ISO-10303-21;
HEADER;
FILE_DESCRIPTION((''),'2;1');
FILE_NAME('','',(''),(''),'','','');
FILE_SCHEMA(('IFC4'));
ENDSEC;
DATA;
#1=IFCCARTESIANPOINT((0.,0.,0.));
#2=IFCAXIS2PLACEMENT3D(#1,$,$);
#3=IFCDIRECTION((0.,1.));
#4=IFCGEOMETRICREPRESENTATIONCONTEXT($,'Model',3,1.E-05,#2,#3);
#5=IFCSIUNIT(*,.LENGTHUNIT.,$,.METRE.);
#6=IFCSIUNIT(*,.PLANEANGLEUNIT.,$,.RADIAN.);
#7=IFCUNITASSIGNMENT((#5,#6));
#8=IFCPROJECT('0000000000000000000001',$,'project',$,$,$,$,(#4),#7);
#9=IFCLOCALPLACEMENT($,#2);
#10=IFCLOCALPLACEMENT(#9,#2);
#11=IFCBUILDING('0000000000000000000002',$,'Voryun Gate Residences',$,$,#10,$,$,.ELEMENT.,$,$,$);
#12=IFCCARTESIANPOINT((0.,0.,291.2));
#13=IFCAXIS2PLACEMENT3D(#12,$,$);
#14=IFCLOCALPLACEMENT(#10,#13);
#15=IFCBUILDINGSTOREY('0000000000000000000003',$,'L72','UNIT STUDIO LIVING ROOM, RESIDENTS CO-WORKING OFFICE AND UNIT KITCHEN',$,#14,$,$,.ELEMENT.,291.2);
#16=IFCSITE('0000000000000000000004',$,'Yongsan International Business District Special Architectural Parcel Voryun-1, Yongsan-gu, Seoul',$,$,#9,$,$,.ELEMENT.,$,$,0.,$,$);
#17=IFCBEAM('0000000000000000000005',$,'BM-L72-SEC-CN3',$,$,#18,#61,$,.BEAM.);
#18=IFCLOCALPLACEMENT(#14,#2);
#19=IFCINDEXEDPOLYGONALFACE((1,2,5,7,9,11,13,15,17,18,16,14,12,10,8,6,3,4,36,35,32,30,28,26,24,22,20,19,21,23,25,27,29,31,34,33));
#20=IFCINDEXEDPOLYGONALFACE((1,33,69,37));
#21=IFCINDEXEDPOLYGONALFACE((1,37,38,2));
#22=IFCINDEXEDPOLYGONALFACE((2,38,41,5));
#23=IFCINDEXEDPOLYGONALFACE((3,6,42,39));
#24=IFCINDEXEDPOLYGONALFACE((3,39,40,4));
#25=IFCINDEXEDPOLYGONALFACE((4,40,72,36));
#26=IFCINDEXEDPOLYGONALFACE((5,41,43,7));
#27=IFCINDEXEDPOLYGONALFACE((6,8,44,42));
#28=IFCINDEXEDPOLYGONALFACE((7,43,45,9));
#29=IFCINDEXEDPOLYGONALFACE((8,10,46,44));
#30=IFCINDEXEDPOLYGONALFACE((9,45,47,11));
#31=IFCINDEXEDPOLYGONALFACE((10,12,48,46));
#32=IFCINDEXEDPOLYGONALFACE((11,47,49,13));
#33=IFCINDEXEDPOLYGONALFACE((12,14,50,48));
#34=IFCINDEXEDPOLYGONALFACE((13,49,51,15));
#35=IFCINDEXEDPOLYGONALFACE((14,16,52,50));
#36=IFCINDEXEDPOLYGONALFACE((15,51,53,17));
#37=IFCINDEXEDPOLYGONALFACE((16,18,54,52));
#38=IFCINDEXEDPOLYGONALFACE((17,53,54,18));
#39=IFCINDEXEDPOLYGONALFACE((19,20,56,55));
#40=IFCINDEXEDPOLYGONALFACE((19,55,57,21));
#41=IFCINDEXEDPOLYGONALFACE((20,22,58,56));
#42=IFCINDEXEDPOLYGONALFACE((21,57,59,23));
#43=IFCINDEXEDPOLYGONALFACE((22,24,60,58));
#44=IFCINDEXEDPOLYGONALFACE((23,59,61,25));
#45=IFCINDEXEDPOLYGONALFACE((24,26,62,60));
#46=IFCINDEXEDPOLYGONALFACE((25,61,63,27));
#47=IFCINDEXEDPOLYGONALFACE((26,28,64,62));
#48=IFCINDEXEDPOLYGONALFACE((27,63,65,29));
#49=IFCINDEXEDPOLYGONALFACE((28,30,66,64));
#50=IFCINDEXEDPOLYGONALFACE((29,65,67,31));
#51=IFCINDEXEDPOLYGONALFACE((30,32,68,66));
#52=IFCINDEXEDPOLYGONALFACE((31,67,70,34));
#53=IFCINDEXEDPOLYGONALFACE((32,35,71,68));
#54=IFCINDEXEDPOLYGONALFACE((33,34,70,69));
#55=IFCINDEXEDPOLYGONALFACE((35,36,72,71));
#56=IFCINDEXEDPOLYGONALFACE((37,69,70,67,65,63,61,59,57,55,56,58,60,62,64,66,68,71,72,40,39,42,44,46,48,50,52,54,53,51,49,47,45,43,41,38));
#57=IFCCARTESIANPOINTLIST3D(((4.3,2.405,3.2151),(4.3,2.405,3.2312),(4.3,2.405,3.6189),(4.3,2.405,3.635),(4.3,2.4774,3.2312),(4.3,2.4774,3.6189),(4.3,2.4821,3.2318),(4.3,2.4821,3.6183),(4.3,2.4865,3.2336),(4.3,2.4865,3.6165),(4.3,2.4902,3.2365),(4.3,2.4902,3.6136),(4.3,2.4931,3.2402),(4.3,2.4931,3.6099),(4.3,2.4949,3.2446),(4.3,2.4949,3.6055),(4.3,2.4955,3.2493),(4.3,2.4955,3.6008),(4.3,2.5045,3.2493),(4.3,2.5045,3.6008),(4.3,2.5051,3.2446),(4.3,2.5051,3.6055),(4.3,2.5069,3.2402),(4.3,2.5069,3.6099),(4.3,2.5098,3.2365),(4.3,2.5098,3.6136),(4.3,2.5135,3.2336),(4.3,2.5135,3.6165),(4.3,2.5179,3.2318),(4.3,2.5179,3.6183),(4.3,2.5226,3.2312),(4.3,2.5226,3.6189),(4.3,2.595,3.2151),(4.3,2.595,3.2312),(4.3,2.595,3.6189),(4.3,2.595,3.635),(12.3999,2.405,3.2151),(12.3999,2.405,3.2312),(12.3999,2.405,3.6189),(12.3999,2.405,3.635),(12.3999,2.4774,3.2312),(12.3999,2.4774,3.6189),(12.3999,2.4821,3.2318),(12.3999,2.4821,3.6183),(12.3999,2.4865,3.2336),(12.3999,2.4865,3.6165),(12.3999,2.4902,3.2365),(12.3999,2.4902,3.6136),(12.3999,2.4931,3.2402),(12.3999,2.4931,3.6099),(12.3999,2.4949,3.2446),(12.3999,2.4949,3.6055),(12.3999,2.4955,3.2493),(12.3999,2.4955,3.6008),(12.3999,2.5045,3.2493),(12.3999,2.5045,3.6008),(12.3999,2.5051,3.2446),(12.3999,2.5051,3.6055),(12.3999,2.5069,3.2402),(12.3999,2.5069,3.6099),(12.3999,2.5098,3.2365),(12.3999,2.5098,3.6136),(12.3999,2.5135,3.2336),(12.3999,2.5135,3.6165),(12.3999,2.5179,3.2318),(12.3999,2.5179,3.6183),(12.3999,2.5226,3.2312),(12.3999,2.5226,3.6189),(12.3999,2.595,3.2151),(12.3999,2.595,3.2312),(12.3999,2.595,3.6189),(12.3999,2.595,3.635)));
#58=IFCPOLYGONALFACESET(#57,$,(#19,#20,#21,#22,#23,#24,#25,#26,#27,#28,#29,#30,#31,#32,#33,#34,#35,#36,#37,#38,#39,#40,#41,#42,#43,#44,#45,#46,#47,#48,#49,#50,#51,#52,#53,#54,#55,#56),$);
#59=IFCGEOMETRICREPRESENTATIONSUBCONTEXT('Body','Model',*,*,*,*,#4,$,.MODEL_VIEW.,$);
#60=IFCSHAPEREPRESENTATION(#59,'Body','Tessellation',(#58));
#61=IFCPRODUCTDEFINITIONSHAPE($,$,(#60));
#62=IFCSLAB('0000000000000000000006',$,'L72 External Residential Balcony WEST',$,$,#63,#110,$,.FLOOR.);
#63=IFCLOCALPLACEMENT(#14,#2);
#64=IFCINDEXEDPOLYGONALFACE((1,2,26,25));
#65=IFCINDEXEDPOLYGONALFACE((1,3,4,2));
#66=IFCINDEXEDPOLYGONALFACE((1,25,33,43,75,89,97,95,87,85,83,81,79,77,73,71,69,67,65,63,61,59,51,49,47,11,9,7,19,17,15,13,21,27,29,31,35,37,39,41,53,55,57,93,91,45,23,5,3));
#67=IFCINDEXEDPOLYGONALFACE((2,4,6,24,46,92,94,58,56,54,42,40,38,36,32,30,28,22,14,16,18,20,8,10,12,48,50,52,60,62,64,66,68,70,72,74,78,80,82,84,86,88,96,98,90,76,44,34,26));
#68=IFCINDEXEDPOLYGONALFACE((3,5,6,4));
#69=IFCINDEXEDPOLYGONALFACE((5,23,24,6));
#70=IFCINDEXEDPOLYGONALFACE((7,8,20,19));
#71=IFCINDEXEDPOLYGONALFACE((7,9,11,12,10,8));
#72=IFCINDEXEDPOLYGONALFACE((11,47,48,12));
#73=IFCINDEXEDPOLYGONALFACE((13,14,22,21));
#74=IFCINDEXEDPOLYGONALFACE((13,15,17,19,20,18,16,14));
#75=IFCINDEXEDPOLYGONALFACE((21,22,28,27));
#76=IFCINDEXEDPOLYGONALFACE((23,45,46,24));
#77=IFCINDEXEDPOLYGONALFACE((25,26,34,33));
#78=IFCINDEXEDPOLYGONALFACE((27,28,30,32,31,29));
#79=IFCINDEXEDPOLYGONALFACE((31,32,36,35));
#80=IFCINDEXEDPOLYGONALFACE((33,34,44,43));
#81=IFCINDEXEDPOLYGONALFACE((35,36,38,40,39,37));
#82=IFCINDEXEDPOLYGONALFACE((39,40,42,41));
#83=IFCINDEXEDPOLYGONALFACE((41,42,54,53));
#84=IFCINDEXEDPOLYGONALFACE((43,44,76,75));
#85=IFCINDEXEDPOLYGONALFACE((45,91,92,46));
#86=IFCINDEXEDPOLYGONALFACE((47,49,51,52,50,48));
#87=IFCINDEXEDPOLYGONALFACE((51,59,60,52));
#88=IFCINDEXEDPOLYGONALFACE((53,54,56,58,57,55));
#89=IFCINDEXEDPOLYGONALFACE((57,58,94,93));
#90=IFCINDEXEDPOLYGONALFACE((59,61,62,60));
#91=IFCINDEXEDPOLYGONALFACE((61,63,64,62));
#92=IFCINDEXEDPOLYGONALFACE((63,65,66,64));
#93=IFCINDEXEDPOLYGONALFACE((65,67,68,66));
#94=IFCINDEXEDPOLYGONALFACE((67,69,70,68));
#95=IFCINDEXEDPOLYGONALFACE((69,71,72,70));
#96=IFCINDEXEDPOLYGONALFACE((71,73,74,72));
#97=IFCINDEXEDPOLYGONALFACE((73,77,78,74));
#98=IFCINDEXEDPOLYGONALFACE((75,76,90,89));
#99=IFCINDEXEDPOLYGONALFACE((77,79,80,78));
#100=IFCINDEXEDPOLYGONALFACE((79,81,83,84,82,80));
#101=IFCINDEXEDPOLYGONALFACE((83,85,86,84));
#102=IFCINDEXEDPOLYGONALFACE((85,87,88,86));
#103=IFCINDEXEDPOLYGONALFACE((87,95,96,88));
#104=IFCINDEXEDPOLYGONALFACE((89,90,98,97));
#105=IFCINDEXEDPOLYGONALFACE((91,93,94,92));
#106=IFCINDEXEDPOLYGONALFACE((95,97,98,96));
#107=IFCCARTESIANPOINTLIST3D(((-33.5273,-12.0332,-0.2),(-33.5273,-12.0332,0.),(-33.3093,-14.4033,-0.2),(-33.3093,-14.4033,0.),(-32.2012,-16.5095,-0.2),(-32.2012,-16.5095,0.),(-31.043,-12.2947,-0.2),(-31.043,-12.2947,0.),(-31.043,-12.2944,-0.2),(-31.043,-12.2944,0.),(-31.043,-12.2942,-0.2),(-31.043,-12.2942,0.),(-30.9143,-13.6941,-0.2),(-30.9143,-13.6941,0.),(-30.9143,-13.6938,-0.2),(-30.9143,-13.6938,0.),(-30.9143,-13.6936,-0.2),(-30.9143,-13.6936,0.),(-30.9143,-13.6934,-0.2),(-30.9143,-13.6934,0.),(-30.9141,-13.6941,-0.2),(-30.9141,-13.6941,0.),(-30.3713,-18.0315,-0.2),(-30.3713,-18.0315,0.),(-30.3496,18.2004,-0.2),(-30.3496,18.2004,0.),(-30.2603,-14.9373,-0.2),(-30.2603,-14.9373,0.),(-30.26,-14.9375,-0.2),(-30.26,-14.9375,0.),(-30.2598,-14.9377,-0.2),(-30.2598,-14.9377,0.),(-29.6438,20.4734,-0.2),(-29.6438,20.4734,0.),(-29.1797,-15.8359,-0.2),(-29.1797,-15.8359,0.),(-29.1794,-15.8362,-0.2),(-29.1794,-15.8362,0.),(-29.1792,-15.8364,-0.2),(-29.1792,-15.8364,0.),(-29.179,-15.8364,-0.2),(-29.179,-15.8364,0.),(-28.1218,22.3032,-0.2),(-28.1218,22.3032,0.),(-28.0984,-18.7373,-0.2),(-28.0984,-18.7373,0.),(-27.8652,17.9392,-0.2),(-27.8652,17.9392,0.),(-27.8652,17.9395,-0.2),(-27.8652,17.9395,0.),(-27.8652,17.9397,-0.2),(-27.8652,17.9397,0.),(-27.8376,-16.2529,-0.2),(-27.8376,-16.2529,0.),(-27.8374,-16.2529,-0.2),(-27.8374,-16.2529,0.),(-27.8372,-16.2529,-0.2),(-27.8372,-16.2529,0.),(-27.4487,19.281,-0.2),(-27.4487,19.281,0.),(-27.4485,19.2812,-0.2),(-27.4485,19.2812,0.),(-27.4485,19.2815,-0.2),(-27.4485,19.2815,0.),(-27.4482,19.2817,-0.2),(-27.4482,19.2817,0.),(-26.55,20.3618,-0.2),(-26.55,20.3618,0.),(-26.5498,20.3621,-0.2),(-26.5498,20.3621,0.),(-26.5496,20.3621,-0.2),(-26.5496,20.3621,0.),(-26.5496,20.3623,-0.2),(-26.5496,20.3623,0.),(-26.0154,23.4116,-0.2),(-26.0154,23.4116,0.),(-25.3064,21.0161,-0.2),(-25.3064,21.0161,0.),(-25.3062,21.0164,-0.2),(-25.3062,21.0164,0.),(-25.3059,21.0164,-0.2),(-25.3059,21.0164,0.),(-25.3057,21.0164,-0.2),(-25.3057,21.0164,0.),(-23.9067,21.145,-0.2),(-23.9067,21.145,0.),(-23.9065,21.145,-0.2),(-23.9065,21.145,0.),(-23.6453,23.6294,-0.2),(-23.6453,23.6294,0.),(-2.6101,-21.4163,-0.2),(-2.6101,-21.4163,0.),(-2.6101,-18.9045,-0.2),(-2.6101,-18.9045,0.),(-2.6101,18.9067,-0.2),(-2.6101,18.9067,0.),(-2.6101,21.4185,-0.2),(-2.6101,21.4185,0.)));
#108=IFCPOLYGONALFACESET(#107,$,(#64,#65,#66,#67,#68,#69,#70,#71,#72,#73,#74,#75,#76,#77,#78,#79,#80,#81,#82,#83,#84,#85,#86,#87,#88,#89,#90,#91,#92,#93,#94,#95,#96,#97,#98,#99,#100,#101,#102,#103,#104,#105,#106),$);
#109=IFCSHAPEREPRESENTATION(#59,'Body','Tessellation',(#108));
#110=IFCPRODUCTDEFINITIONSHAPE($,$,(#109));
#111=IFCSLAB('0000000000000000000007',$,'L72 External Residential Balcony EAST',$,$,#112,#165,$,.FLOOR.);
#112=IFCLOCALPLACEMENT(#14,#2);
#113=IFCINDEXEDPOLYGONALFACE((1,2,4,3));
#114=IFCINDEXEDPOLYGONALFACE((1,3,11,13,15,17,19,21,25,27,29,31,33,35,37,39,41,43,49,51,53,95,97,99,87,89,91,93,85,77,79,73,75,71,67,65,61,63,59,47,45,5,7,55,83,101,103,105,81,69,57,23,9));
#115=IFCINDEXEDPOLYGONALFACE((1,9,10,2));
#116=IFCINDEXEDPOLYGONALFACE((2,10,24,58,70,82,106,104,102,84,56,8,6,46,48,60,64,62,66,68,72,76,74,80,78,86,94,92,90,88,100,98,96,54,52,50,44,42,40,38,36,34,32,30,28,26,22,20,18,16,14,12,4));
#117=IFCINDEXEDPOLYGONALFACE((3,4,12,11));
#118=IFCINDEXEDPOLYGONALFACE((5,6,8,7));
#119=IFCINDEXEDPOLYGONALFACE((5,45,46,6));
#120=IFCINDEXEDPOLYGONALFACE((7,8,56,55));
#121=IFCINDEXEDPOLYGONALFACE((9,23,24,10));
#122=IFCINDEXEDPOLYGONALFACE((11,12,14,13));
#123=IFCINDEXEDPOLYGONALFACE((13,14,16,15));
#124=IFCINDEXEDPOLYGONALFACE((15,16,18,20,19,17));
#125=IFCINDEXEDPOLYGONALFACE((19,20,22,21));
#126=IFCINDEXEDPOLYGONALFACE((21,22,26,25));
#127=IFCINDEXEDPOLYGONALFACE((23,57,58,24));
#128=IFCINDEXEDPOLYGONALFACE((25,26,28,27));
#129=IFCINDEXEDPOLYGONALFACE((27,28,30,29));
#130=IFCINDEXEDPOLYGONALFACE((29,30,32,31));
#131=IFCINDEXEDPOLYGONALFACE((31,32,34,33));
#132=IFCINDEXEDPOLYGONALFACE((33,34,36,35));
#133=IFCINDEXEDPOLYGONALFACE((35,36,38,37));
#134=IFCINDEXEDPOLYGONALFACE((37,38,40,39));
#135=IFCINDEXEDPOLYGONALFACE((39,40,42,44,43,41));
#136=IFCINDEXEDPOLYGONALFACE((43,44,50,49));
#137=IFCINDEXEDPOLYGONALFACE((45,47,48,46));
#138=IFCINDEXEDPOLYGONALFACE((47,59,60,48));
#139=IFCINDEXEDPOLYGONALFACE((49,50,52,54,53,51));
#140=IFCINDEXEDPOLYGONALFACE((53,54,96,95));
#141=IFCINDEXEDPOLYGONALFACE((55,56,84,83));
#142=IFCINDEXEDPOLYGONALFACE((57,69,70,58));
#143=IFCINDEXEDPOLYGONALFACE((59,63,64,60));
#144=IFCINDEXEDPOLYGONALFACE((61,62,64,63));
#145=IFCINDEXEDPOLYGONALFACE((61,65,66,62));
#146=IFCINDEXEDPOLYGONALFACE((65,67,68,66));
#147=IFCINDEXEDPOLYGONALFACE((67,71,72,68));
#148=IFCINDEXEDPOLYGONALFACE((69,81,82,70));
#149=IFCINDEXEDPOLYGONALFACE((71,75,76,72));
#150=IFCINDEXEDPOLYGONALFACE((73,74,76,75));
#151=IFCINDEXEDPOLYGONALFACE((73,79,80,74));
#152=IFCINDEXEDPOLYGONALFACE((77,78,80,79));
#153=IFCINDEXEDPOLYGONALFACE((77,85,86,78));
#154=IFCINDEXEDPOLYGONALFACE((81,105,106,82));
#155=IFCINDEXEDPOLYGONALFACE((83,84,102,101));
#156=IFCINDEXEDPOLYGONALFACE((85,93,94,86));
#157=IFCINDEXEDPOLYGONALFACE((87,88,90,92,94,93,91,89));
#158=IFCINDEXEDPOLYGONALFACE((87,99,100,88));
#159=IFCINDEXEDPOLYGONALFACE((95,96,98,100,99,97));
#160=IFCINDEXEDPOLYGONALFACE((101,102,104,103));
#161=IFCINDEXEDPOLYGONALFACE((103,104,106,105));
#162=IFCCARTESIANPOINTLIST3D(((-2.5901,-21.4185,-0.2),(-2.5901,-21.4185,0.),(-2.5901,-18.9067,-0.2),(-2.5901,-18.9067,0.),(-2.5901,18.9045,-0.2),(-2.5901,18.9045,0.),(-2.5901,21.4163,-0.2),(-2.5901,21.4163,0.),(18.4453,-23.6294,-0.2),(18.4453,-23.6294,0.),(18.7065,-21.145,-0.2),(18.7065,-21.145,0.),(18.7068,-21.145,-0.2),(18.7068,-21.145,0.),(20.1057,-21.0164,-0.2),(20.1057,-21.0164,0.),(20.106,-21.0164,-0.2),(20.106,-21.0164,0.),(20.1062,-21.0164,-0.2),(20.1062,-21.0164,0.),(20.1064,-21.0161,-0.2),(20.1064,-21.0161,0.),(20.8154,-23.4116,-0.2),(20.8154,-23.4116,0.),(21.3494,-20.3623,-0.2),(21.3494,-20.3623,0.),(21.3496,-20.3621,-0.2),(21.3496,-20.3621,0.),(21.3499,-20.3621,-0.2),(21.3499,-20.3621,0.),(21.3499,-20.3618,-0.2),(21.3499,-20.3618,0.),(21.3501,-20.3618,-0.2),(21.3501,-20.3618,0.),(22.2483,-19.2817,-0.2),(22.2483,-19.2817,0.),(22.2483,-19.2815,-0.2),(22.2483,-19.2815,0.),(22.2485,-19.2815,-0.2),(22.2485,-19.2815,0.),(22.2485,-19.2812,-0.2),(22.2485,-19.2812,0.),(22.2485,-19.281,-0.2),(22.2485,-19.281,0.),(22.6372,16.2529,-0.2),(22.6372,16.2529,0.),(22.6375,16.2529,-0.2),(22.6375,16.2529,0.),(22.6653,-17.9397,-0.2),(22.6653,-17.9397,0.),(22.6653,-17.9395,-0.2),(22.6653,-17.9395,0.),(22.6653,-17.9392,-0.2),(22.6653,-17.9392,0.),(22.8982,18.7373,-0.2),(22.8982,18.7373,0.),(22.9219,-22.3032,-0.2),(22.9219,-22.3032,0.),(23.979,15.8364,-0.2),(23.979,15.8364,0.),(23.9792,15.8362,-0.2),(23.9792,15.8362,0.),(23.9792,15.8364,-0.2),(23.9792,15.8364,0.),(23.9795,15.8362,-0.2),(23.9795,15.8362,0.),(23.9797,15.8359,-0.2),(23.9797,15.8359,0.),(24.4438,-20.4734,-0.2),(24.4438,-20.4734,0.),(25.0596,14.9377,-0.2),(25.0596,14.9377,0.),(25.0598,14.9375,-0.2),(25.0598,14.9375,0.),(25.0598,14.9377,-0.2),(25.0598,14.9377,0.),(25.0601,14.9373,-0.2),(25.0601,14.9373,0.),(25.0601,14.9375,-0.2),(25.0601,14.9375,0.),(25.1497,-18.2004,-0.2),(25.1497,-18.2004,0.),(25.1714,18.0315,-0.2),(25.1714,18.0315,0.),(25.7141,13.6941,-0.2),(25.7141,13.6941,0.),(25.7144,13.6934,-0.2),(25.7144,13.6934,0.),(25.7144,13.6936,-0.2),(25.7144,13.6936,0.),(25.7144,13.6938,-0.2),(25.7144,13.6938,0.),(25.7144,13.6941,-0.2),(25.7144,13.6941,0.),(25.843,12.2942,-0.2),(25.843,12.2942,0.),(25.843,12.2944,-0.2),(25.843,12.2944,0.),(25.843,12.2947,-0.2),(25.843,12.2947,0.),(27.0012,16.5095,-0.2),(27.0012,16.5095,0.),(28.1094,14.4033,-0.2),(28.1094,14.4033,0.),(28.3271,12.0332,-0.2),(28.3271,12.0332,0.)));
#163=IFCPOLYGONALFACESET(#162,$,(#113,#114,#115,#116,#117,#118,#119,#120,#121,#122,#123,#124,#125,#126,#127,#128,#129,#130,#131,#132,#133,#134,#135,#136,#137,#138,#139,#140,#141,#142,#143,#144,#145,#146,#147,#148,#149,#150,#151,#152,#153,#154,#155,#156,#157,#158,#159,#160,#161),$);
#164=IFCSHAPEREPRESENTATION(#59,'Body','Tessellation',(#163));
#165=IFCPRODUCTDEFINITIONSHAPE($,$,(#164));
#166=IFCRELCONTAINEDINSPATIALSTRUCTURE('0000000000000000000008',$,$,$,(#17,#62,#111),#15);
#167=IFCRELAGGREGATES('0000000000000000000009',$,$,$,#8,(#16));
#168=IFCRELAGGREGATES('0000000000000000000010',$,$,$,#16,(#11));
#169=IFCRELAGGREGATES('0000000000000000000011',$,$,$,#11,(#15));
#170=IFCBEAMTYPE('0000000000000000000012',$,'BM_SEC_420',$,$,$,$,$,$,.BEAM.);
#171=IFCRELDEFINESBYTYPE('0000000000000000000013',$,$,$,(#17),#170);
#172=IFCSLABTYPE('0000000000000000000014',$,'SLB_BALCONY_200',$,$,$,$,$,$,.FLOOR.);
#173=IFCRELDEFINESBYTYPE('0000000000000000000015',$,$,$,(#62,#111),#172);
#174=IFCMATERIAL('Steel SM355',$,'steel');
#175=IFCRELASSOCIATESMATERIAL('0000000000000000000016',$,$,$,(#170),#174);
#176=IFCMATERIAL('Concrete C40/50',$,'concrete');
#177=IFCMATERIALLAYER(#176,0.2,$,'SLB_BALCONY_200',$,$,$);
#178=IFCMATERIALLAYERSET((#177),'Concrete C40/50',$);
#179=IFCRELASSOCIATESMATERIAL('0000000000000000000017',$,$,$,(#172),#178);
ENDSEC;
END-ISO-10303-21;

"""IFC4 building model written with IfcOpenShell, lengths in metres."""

from ifc_helpers import new_model, si_unit, direction, frame, origin, origin_2d, place, context, subcontext, project, spatial, polyline, i_section, outline, extrude, material, layer, layer_set, material_profile, profile_set, type_object, element, save


model = new_model("IFC4")

# Units and contexts
model_context = context("Model", 3, precision=1e-05, world=origin(), true_north=direction((0.0, 1.0)))
body_context = subcontext(model_context, "Body", "Model", "MODEL_VIEW")
ifc_project = project(units=[si_unit("LENGTHUNIT", "METRE"), si_unit("PLANEANGLEUNIT", "RADIAN")], contexts=[model_context])

# Site, building, storey
site_placement = place(None, origin())
site = spatial("IfcSite", under=ifc_project, at=site_placement, Name="Yongsan International Business District Special Architectural Parcel Voryun-1, Yongsan-gu, Seoul", CompositionType="ELEMENT", RefElevation=0.0)
building_placement = place(site_placement, origin())
building = spatial("IfcBuilding", under=site, at=building_placement, Name="Voryun Gate Residences", CompositionType="ELEMENT")
storey_placement = place(building_placement, frame((0.0, 0.0, 291.2)))
storey = spatial("IfcBuildingStorey", under=building, at=storey_placement, Name="L72", Description="UNIT STUDIO LIVING ROOM, RESIDENTS CO-WORKING OFFICE AND UNIT KITCHEN", CompositionType="ELEMENT", Elevation=291.2)

# Beam
ifc_material_1 = material(Name="Steel SM355", Category="steel")
ifc_material_profile_1 = material_profile(ifc_material_1, i_section(OverallWidth=0.1899, OverallDepth=0.4199, WebThickness=0.009, FlangeThickness=0.0161, FilletRadius=0.0181, at=origin_2d()), Name="H-420x190x9x16")
ifc_profile_set_1 = profile_set([ifc_material_profile_1], Name="Steel SM355")
beam_type_1 = type_object("IfcBeamType", Name="BM_SEC_420", PredefinedType="BEAM", material=ifc_profile_set_1)
for number, where, z_axis, x_axis, name in (
    (1, (4.3, 2.5, 3.425), (1.0, 0.0, 0.0), (0.0, 1.0, 0.0), "BM-L72-SEC-CN3"),
):
    element("IfcBeam", number, at=place(storey_placement, frame(where, z_axis=z_axis, x_axis=x_axis)), inside=storey, type_object=beam_type_1, Name=name, PredefinedType="BEAM", context=body_context, shape_type="SweptSolid", body=[
        extrude(i_section(OverallWidth=0.1899, OverallDepth=0.4199, WebThickness=0.009, FlangeThickness=0.0161, FilletRadius=0.0181, at=origin_2d()), origin(), (0.0, 0.0, 1.0), 8.0999),
    ])

# Slabs
ifc_material_2 = material(Name="Concrete C40/50", Category="concrete")
ifc_layer_1 = layer(ifc_material_2, 0.2, Name="SLB_BALCONY_200")
ifc_layer_set_1 = layer_set([ifc_layer_1], Name="Concrete C40/50")
slab_type_1 = type_object("IfcSlabType", Name="SLB_BALCONY_200", PredefinedType="FLOOR", material=ifc_layer_set_1)
slab_1_placement = place(storey_placement, frame((0.0, 0.0, -0.2)))
element("IfcSlab", 2, at=slab_1_placement, inside=storey, type_object=slab_type_1, Name="L72 External Residential Balcony WEST", PredefinedType="FLOOR", context=body_context, shape_type="SweptSolid", body=[
    extrude(outline(polyline([(-30.3713, -18.0315), (-32.2012, -16.5095), (-33.3093, -14.4033), (-33.5273, -12.0332), (-30.3496, 18.2004), (-29.6438, 20.4734), (-28.1218, 22.3032), (-26.0154, 23.4116), (-23.6453, 23.6294), (-2.6101, 21.4185), (-2.6101, 18.9067), (-23.9065, 21.145), (-23.9067, 21.145), (-23.9067, 21.145), (-25.3057, 21.0164), (-25.3059, 21.0164), (-25.3059, 21.0164), (-25.3062, 21.0164), (-25.3064, 21.0161), (-26.5496, 20.3623), (-26.5496, 20.3621), (-26.5498, 20.3621), (-26.55, 20.3618), (-26.55, 20.3618), (-27.4482, 19.2817), (-27.4485, 19.2815), (-27.4485, 19.2815), (-27.4485, 19.2812), (-27.4487, 19.281), (-27.8652, 17.9397), (-27.8652, 17.9395), (-27.8652, 17.9392), (-31.043, -12.2942), (-31.043, -12.2944), (-31.043, -12.2947), (-30.9143, -13.6934), (-30.9143, -13.6936), (-30.9143, -13.6938), (-30.9143, -13.6941), (-30.9141, -13.6941), (-30.2603, -14.9373), (-30.26, -14.9375), (-30.26, -14.9375), (-30.2598, -14.9377), (-30.2598, -14.9377), (-29.1797, -15.8359), (-29.1794, -15.8362), (-29.1794, -15.8362), (-29.1792, -15.8364), (-29.179, -15.8364), (-27.8376, -16.2529), (-27.8374, -16.2529), (-27.8372, -16.2529), (-2.6101, -18.9045), (-2.6101, -21.4163), (-28.0984, -18.7373), (-30.3713, -18.0315)])), origin(), (0.0, 0.0, 1.0), 0.2),
])
slab_2_placement = place(storey_placement, frame((0.0, 0.0, -0.2)))
element("IfcSlab", 3, at=slab_2_placement, inside=storey, type_object=slab_type_1, Name="L72 External Residential Balcony EAST", PredefinedType="FLOOR", context=body_context, shape_type="SweptSolid", body=[
    extrude(outline(polyline([(22.8982, 18.7373), (25.1714, 18.0315), (27.0012, 16.5095), (28.1094, 14.4033), (28.3271, 12.0332), (25.1497, -18.2004), (24.4438, -20.4734), (22.9219, -22.3032), (20.8154, -23.4116), (18.4453, -23.6294), (-2.5901, -21.4185), (-2.5901, -18.9067), (18.7065, -21.145), (18.7065, -21.145), (18.7068, -21.145), (20.1057, -21.0164), (20.1057, -21.0164), (20.106, -21.0164), (20.1062, -21.0164), (20.1064, -21.0161), (21.3494, -20.3623), (21.3496, -20.3621), (21.3499, -20.3621), (21.3499, -20.3618), (21.3501, -20.3618), (22.2483, -19.2817), (22.2483, -19.2815), (22.2485, -19.2815), (22.2485, -19.2812), (22.2485, -19.281), (22.6653, -17.9397), (22.6653, -17.9395), (22.6653, -17.9392), (25.843, 12.2942), (25.843, 12.2944), (25.843, 12.2947), (25.7144, 13.6934), (25.7144, 13.6936), (25.7144, 13.6938), (25.7144, 13.6941), (25.7141, 13.6941), (25.0601, 14.9373), (25.0601, 14.9375), (25.0598, 14.9375), (25.0598, 14.9377), (25.0596, 14.9377), (23.9797, 15.8359), (23.9795, 15.8362), (23.9792, 15.8362), (23.9792, 15.8364), (23.979, 15.8364), (22.6375, 16.2529), (22.6375, 16.2529), (22.6372, 16.2529), (-2.5901, 18.9045), (-2.5901, 21.4163), (22.8982, 18.7373)])), origin(), (0.0, 0.0, 1.0), 0.2),
])

save(model, "model.ifc")
